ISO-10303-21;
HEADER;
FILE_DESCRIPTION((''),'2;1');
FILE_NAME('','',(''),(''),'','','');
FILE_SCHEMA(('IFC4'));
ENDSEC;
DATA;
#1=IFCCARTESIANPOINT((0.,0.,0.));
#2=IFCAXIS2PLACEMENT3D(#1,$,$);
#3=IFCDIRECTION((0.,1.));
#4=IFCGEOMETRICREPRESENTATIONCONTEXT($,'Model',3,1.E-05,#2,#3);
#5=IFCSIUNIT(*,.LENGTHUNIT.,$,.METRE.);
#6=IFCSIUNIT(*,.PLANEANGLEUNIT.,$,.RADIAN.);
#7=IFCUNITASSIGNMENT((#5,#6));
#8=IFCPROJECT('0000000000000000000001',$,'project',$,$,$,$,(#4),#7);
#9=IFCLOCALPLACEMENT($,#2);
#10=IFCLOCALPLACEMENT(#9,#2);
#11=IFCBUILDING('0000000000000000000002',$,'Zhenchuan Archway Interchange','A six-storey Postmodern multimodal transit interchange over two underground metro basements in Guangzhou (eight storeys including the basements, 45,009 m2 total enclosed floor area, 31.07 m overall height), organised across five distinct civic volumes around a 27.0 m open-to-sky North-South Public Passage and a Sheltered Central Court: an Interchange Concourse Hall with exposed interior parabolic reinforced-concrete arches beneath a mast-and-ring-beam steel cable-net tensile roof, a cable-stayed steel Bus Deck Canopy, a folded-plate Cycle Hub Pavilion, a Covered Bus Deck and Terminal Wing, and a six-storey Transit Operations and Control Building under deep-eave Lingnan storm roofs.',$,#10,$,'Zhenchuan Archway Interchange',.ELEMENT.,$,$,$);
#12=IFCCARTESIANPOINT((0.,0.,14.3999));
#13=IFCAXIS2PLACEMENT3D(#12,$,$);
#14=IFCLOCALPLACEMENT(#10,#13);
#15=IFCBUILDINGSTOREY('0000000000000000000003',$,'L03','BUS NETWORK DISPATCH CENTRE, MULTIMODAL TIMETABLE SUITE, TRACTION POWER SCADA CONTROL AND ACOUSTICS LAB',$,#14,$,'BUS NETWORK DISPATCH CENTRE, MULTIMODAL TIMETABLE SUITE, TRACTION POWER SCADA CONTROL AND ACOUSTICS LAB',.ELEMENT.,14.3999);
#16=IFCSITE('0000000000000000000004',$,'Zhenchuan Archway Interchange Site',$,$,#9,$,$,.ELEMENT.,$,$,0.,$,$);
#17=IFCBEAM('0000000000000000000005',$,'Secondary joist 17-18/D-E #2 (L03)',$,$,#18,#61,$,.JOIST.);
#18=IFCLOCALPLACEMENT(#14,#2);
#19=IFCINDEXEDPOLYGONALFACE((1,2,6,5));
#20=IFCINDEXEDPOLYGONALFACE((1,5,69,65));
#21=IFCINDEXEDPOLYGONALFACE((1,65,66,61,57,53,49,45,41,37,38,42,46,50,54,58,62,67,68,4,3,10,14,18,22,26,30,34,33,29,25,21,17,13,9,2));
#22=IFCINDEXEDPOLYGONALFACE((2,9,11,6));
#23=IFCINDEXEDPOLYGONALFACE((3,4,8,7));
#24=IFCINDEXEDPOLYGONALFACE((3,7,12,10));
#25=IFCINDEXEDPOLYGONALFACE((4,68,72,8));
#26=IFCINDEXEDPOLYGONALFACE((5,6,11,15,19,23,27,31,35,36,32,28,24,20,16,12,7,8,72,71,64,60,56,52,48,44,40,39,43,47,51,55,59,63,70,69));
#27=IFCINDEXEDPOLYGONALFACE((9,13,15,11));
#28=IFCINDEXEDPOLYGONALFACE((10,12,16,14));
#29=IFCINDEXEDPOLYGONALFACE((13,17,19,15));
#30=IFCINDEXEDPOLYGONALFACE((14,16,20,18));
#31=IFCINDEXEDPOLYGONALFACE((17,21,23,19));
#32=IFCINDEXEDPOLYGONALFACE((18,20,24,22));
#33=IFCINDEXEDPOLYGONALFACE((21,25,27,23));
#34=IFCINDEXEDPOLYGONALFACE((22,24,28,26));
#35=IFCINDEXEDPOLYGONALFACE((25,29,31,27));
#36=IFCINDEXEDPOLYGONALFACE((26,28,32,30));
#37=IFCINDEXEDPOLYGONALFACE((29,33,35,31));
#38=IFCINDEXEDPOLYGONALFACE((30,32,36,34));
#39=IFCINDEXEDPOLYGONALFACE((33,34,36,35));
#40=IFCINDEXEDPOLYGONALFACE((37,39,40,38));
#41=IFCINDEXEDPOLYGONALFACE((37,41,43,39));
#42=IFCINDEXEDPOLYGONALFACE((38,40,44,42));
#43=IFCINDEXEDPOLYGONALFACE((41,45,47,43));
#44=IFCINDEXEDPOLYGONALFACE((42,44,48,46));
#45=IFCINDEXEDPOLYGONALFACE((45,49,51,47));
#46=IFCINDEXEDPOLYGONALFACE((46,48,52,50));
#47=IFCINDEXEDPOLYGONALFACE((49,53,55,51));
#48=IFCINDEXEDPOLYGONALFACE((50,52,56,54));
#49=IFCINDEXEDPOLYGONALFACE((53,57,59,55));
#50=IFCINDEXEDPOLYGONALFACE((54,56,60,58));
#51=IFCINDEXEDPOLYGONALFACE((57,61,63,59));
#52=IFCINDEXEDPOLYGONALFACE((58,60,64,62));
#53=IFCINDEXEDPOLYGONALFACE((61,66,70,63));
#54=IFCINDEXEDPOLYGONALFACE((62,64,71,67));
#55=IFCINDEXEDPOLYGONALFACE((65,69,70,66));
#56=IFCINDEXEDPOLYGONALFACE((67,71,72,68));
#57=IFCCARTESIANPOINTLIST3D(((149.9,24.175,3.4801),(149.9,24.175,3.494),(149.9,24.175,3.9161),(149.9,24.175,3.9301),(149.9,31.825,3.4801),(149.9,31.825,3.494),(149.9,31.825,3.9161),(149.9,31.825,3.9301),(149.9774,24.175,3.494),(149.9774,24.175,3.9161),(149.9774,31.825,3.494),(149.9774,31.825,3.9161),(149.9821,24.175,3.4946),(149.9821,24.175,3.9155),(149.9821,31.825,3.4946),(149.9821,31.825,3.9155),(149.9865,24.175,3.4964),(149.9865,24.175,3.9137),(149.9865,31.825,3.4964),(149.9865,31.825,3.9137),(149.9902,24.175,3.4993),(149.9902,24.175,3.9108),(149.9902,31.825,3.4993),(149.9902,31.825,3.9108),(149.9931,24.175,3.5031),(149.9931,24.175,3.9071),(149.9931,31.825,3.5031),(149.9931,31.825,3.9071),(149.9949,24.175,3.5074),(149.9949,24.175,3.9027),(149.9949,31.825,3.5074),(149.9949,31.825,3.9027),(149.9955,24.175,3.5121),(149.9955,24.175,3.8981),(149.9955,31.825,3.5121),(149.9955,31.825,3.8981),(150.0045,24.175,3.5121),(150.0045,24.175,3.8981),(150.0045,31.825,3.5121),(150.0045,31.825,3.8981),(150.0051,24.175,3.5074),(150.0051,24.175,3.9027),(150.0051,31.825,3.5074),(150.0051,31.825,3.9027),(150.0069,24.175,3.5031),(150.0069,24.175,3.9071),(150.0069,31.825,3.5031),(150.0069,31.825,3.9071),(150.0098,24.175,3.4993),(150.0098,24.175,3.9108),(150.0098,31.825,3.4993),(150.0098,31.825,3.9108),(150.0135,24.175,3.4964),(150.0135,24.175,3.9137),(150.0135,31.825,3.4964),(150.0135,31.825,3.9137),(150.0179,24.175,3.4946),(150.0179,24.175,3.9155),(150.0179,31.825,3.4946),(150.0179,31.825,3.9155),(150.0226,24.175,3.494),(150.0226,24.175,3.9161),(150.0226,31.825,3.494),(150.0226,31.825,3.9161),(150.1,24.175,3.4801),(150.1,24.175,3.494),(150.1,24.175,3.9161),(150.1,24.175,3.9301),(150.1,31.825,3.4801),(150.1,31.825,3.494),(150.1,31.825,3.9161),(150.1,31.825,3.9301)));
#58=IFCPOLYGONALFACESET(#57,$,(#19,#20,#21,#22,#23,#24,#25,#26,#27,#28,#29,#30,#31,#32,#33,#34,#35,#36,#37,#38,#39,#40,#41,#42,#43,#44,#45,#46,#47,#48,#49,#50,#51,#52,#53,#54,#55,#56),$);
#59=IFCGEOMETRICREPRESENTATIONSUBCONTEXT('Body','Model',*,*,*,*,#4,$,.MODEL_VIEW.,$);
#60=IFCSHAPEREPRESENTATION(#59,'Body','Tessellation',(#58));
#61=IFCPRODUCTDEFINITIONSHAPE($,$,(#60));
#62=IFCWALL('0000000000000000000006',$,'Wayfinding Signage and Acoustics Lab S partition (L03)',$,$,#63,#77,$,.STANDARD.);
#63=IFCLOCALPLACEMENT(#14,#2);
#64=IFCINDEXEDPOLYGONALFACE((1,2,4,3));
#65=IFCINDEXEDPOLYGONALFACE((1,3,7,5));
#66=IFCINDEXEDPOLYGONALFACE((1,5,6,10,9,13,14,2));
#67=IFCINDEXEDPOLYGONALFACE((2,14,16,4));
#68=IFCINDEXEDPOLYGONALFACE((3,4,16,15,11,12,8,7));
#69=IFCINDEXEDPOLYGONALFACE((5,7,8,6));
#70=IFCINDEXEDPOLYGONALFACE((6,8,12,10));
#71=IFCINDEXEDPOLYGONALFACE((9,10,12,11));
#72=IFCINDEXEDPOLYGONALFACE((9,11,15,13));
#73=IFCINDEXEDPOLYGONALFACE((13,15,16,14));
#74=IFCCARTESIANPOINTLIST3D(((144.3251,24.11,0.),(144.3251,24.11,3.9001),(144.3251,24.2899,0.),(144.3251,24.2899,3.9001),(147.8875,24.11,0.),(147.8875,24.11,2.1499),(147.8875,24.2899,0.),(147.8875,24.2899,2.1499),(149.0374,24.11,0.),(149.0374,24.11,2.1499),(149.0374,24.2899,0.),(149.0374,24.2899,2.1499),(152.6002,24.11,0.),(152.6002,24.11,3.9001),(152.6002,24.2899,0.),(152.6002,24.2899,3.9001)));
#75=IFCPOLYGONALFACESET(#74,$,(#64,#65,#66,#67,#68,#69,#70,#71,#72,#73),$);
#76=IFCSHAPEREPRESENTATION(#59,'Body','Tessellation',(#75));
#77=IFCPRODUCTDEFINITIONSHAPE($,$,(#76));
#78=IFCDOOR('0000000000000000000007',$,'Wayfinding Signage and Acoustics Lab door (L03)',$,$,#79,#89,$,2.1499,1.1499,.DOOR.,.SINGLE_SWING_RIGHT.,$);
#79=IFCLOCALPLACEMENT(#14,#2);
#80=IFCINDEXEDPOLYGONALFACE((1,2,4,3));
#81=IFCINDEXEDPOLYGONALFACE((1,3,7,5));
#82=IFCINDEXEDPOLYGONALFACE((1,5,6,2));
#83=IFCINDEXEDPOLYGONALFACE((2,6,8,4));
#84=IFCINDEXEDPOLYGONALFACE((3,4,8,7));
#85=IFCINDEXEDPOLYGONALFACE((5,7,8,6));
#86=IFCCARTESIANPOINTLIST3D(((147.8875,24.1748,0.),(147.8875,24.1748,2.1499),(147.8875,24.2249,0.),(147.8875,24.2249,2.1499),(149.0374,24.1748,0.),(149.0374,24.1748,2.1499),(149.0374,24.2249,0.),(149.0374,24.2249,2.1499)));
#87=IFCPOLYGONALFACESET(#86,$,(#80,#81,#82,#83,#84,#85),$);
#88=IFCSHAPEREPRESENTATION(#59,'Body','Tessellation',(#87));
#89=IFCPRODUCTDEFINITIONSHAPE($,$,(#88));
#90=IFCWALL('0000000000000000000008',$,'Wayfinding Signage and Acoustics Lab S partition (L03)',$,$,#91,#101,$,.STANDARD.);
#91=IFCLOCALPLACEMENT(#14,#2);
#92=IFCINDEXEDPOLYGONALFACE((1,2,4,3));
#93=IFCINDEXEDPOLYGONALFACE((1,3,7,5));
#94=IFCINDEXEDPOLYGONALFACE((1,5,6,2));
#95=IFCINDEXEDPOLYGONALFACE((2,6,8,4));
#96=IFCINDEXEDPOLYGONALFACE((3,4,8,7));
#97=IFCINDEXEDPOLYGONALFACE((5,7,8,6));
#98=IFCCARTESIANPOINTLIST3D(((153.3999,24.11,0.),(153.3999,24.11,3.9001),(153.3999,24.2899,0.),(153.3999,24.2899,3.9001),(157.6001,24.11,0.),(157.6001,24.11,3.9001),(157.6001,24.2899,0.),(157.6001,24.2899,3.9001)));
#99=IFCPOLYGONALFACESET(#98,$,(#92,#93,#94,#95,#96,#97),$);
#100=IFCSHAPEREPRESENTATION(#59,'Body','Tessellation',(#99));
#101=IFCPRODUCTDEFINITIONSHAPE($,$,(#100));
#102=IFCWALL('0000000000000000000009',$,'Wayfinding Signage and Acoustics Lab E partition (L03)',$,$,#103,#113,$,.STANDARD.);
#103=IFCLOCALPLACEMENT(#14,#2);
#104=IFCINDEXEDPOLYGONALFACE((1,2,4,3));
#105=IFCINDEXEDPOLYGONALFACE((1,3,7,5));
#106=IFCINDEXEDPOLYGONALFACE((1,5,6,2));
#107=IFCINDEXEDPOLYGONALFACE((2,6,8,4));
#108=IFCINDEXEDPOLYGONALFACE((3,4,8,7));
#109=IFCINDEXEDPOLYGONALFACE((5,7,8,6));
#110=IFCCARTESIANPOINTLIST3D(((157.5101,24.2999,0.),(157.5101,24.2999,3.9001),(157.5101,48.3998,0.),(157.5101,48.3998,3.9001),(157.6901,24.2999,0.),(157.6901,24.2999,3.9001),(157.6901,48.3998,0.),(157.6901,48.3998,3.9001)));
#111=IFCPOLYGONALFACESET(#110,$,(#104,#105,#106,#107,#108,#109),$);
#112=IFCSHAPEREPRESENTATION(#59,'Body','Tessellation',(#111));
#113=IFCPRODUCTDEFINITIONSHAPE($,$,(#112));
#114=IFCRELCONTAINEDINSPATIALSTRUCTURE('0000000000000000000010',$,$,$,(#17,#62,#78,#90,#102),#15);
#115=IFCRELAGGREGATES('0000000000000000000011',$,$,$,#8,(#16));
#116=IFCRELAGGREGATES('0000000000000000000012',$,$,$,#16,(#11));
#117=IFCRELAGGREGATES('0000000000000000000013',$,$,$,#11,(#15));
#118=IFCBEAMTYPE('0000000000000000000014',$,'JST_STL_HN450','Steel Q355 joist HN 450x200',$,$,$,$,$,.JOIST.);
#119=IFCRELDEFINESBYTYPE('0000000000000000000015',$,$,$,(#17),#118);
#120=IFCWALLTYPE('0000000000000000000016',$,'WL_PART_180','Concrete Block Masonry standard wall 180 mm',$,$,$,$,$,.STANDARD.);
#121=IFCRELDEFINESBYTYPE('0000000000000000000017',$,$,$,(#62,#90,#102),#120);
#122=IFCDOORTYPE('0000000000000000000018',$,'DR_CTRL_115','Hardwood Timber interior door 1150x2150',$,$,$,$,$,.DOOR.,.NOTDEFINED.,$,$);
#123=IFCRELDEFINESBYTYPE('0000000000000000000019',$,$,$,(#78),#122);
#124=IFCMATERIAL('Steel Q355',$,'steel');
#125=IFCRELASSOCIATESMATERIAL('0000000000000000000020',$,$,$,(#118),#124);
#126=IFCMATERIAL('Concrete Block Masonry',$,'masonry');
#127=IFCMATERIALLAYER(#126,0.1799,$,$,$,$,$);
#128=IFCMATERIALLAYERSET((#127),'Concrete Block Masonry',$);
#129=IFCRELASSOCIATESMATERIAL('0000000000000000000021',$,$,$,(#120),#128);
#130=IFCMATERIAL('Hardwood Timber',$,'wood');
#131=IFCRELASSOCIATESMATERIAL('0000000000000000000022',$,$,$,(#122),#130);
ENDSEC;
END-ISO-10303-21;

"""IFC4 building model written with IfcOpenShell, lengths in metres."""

from ifc_helpers import new_model, si_unit, direction, frame, frame_2d, origin, origin_2d, place, context, subcontext, project, spatial, rectangle, i_section, extrude, material, layer, layer_set, material_profile, profile_set, type_object, element, fill, save


model = new_model("IFC4")

# Units and contexts
model_context = context("Model", 3, precision=1e-05, world=origin(), true_north=direction((0.0, 1.0)))
body_context = subcontext(model_context, "Body", "Model", "MODEL_VIEW")
ifc_project = project(units=[si_unit("LENGTHUNIT", "METRE"), si_unit("PLANEANGLEUNIT", "RADIAN")], contexts=[model_context])

# Site, building, storey
site_placement = place(None, origin())
site = spatial("IfcSite", under=ifc_project, at=site_placement, Name="Zhenchuan Archway Interchange Site", CompositionType="ELEMENT", RefElevation=0.0)
building_placement = place(site_placement, origin())
building = spatial("IfcBuilding", under=site, at=building_placement, Name="Zhenchuan Archway Interchange", Description="A six-storey Postmodern multimodal transit interchange over two underground metro basements in Guangzhou (eight storeys including the basements, 45,009 m2 total enclosed floor area, 31.07 m overall height), organised across five distinct civic volumes around a 27.0 m open-to-sky North-South Public Passage and a Sheltered Central Court: an Interchange Concourse Hall with exposed interior parabolic reinforced-concrete arches beneath a mast-and-ring-beam steel cable-net tensile roof, a cable-stayed steel Bus Deck Canopy, a folded-plate Cycle Hub Pavilion, a Covered Bus Deck and Terminal Wing, and a six-storey Transit Operations and Control Building under deep-eave Lingnan storm roofs.", LongName="Zhenchuan Archway Interchange", CompositionType="ELEMENT")
storey_placement = place(building_placement, frame((0.0, 0.0, 14.3999)))
storey = spatial("IfcBuildingStorey", under=building, at=storey_placement, Name="L03", Description="BUS NETWORK DISPATCH CENTRE, MULTIMODAL TIMETABLE SUITE, TRACTION POWER SCADA CONTROL AND ACOUSTICS LAB", LongName="BUS NETWORK DISPATCH CENTRE, MULTIMODAL TIMETABLE SUITE, TRACTION POWER SCADA CONTROL AND ACOUSTICS LAB", CompositionType="ELEMENT", Elevation=14.3999)

# Beam
ifc_material_1 = material(Name="Steel Q355", Category="steel")
ifc_material_profile_1 = material_profile(ifc_material_1, i_section(OverallWidth=0.2, OverallDepth=0.45, WebThickness=0.009, FlangeThickness=0.0139, FilletRadius=0.0181, at=origin_2d()), Name="HN 450x200")
ifc_profile_set_1 = profile_set([ifc_material_profile_1], Name="Steel Q355")
beam_type_1 = type_object("IfcBeamType", Name="JST_STL_HN450", Description="Steel Q355 joist HN 450x200", PredefinedType="JOIST", material=ifc_profile_set_1)
for number, where, z_axis, x_axis, name in (
    (1, (150.0, 24.175, 3.7051), (0.0, 1.0, 0.0), (-1.0, 0.0, 0.0), "Secondary joist 17-18/D-E #2 (L03)"),
):
    element("IfcBeam", number, at=place(storey_placement, frame(where, z_axis=z_axis, x_axis=x_axis)), inside=storey, type_object=beam_type_1, Name=name, PredefinedType="JOIST", context=body_context, shape_type="SweptSolid", body=[
        extrude(i_section(OverallWidth=0.2, OverallDepth=0.45, WebThickness=0.009, FlangeThickness=0.0139, FilletRadius=0.0181, at=origin_2d()), origin(), (0.0, 0.0, 1.0), 7.6499),
    ])

# Wall, opening, door
ifc_material_2 = material(Name="Concrete Block Masonry", Category="masonry")
ifc_layer = layer(ifc_material_2, 0.1799)
ifc_layer_set = layer_set([ifc_layer], Name="Concrete Block Masonry")
wall_type = type_object("IfcWallType", Name="WL_PART_180", Description="Concrete Block Masonry standard wall 180 mm", PredefinedType="STANDARD", material=ifc_layer_set)
wall_1_placement = place(storey_placement, frame((144.325, 24.2, 0.0), z_axis=(0.0, 0.0, 1.0), x_axis=(1.0, 0.0, 0.0)))
wall_1 = element("IfcWall", 2, at=wall_1_placement, inside=storey, type_object=wall_type, Name="Wayfinding Signage and Acoustics Lab S partition (L03)", PredefinedType="STANDARD", context=body_context, shape_type="SweptSolid", body=[
    extrude(rectangle(XDim=8.2751, YDim=0.1799, at=frame_2d((4.1377, 0.0))), origin(), (0.0, 0.0, 1.0), 3.9001),
])
opening_placement = place(wall_1_placement, frame((3.5625, 0.0, 0.0)))
opening = element("IfcOpeningElement", 3, at=opening_placement, cuts=wall_1, PredefinedType="OPENING", context=body_context, shape_type="SweptSolid", body=[
    extrude(rectangle(XDim=1.1499, YDim=2.1499, at=frame_2d((0.575, 1.075))), frame((0.0, 0.1021, 0.0), z_axis=(0.0, -1.0, 0.0), x_axis=(1.0, 0.0, 0.0)), (0.0, 0.0, 1.0), 0.2039),
])
ifc_material_3 = material(Name="Hardwood Timber", Category="wood")
door_type = type_object("IfcDoorType", Name="DR_CTRL_115", Description="Hardwood Timber interior door 1150x2150", OperationType="NOTDEFINED", PredefinedType="DOOR", material=ifc_material_3)
door_placement = place(opening_placement, origin())
door = element("IfcDoor", 4, at=door_placement, inside=storey, type_object=door_type, Name="Wayfinding Signage and Acoustics Lab door (L03)", OperationType="SINGLE_SWING_RIGHT", OverallHeight=2.1499, OverallWidth=1.1499, PredefinedType="DOOR", context=body_context, shape_type="SweptSolid", body=[
    extrude(rectangle(XDim=1.1499, YDim=2.1499, at=frame_2d((0.575, 1.075))), frame((0.0, 0.0249, 0.0), z_axis=(0.0, -1.0, 0.0), x_axis=(1.0, 0.0, 0.0)), (0.0, 0.0, 1.0), 0.05),
])
fill(opening, door)

# Walls
wall_2_placement = place(storey_placement, frame((153.3999, 24.2, 0.0), z_axis=(0.0, 0.0, 1.0), x_axis=(1.0, 0.0, 0.0)))
element("IfcWall", 5, at=wall_2_placement, inside=storey, type_object=wall_type, Name="Wayfinding Signage and Acoustics Lab S partition (L03)", PredefinedType="STANDARD", context=body_context, shape_type="SweptSolid", body=[
    extrude(rectangle(XDim=4.2002, YDim=0.1799, at=frame_2d((2.1001, 0.0))), origin(), (0.0, 0.0, 1.0), 3.9001),
])
wall_3_placement = place(storey_placement, frame((157.6001, 24.3, 0.0), z_axis=(0.0, 0.0, 1.0), x_axis=(0.0, 1.0, 0.0)))
element("IfcWall", 6, at=wall_3_placement, inside=storey, type_object=wall_type, Name="Wayfinding Signage and Acoustics Lab E partition (L03)", PredefinedType="STANDARD", context=body_context, shape_type="SweptSolid", body=[
    extrude(rectangle(XDim=24.0999, YDim=0.1799, at=frame_2d((12.0498, 0.0))), origin(), (0.0, 0.0, 1.0), 3.9001),
])

save(model, "model.ifc")
